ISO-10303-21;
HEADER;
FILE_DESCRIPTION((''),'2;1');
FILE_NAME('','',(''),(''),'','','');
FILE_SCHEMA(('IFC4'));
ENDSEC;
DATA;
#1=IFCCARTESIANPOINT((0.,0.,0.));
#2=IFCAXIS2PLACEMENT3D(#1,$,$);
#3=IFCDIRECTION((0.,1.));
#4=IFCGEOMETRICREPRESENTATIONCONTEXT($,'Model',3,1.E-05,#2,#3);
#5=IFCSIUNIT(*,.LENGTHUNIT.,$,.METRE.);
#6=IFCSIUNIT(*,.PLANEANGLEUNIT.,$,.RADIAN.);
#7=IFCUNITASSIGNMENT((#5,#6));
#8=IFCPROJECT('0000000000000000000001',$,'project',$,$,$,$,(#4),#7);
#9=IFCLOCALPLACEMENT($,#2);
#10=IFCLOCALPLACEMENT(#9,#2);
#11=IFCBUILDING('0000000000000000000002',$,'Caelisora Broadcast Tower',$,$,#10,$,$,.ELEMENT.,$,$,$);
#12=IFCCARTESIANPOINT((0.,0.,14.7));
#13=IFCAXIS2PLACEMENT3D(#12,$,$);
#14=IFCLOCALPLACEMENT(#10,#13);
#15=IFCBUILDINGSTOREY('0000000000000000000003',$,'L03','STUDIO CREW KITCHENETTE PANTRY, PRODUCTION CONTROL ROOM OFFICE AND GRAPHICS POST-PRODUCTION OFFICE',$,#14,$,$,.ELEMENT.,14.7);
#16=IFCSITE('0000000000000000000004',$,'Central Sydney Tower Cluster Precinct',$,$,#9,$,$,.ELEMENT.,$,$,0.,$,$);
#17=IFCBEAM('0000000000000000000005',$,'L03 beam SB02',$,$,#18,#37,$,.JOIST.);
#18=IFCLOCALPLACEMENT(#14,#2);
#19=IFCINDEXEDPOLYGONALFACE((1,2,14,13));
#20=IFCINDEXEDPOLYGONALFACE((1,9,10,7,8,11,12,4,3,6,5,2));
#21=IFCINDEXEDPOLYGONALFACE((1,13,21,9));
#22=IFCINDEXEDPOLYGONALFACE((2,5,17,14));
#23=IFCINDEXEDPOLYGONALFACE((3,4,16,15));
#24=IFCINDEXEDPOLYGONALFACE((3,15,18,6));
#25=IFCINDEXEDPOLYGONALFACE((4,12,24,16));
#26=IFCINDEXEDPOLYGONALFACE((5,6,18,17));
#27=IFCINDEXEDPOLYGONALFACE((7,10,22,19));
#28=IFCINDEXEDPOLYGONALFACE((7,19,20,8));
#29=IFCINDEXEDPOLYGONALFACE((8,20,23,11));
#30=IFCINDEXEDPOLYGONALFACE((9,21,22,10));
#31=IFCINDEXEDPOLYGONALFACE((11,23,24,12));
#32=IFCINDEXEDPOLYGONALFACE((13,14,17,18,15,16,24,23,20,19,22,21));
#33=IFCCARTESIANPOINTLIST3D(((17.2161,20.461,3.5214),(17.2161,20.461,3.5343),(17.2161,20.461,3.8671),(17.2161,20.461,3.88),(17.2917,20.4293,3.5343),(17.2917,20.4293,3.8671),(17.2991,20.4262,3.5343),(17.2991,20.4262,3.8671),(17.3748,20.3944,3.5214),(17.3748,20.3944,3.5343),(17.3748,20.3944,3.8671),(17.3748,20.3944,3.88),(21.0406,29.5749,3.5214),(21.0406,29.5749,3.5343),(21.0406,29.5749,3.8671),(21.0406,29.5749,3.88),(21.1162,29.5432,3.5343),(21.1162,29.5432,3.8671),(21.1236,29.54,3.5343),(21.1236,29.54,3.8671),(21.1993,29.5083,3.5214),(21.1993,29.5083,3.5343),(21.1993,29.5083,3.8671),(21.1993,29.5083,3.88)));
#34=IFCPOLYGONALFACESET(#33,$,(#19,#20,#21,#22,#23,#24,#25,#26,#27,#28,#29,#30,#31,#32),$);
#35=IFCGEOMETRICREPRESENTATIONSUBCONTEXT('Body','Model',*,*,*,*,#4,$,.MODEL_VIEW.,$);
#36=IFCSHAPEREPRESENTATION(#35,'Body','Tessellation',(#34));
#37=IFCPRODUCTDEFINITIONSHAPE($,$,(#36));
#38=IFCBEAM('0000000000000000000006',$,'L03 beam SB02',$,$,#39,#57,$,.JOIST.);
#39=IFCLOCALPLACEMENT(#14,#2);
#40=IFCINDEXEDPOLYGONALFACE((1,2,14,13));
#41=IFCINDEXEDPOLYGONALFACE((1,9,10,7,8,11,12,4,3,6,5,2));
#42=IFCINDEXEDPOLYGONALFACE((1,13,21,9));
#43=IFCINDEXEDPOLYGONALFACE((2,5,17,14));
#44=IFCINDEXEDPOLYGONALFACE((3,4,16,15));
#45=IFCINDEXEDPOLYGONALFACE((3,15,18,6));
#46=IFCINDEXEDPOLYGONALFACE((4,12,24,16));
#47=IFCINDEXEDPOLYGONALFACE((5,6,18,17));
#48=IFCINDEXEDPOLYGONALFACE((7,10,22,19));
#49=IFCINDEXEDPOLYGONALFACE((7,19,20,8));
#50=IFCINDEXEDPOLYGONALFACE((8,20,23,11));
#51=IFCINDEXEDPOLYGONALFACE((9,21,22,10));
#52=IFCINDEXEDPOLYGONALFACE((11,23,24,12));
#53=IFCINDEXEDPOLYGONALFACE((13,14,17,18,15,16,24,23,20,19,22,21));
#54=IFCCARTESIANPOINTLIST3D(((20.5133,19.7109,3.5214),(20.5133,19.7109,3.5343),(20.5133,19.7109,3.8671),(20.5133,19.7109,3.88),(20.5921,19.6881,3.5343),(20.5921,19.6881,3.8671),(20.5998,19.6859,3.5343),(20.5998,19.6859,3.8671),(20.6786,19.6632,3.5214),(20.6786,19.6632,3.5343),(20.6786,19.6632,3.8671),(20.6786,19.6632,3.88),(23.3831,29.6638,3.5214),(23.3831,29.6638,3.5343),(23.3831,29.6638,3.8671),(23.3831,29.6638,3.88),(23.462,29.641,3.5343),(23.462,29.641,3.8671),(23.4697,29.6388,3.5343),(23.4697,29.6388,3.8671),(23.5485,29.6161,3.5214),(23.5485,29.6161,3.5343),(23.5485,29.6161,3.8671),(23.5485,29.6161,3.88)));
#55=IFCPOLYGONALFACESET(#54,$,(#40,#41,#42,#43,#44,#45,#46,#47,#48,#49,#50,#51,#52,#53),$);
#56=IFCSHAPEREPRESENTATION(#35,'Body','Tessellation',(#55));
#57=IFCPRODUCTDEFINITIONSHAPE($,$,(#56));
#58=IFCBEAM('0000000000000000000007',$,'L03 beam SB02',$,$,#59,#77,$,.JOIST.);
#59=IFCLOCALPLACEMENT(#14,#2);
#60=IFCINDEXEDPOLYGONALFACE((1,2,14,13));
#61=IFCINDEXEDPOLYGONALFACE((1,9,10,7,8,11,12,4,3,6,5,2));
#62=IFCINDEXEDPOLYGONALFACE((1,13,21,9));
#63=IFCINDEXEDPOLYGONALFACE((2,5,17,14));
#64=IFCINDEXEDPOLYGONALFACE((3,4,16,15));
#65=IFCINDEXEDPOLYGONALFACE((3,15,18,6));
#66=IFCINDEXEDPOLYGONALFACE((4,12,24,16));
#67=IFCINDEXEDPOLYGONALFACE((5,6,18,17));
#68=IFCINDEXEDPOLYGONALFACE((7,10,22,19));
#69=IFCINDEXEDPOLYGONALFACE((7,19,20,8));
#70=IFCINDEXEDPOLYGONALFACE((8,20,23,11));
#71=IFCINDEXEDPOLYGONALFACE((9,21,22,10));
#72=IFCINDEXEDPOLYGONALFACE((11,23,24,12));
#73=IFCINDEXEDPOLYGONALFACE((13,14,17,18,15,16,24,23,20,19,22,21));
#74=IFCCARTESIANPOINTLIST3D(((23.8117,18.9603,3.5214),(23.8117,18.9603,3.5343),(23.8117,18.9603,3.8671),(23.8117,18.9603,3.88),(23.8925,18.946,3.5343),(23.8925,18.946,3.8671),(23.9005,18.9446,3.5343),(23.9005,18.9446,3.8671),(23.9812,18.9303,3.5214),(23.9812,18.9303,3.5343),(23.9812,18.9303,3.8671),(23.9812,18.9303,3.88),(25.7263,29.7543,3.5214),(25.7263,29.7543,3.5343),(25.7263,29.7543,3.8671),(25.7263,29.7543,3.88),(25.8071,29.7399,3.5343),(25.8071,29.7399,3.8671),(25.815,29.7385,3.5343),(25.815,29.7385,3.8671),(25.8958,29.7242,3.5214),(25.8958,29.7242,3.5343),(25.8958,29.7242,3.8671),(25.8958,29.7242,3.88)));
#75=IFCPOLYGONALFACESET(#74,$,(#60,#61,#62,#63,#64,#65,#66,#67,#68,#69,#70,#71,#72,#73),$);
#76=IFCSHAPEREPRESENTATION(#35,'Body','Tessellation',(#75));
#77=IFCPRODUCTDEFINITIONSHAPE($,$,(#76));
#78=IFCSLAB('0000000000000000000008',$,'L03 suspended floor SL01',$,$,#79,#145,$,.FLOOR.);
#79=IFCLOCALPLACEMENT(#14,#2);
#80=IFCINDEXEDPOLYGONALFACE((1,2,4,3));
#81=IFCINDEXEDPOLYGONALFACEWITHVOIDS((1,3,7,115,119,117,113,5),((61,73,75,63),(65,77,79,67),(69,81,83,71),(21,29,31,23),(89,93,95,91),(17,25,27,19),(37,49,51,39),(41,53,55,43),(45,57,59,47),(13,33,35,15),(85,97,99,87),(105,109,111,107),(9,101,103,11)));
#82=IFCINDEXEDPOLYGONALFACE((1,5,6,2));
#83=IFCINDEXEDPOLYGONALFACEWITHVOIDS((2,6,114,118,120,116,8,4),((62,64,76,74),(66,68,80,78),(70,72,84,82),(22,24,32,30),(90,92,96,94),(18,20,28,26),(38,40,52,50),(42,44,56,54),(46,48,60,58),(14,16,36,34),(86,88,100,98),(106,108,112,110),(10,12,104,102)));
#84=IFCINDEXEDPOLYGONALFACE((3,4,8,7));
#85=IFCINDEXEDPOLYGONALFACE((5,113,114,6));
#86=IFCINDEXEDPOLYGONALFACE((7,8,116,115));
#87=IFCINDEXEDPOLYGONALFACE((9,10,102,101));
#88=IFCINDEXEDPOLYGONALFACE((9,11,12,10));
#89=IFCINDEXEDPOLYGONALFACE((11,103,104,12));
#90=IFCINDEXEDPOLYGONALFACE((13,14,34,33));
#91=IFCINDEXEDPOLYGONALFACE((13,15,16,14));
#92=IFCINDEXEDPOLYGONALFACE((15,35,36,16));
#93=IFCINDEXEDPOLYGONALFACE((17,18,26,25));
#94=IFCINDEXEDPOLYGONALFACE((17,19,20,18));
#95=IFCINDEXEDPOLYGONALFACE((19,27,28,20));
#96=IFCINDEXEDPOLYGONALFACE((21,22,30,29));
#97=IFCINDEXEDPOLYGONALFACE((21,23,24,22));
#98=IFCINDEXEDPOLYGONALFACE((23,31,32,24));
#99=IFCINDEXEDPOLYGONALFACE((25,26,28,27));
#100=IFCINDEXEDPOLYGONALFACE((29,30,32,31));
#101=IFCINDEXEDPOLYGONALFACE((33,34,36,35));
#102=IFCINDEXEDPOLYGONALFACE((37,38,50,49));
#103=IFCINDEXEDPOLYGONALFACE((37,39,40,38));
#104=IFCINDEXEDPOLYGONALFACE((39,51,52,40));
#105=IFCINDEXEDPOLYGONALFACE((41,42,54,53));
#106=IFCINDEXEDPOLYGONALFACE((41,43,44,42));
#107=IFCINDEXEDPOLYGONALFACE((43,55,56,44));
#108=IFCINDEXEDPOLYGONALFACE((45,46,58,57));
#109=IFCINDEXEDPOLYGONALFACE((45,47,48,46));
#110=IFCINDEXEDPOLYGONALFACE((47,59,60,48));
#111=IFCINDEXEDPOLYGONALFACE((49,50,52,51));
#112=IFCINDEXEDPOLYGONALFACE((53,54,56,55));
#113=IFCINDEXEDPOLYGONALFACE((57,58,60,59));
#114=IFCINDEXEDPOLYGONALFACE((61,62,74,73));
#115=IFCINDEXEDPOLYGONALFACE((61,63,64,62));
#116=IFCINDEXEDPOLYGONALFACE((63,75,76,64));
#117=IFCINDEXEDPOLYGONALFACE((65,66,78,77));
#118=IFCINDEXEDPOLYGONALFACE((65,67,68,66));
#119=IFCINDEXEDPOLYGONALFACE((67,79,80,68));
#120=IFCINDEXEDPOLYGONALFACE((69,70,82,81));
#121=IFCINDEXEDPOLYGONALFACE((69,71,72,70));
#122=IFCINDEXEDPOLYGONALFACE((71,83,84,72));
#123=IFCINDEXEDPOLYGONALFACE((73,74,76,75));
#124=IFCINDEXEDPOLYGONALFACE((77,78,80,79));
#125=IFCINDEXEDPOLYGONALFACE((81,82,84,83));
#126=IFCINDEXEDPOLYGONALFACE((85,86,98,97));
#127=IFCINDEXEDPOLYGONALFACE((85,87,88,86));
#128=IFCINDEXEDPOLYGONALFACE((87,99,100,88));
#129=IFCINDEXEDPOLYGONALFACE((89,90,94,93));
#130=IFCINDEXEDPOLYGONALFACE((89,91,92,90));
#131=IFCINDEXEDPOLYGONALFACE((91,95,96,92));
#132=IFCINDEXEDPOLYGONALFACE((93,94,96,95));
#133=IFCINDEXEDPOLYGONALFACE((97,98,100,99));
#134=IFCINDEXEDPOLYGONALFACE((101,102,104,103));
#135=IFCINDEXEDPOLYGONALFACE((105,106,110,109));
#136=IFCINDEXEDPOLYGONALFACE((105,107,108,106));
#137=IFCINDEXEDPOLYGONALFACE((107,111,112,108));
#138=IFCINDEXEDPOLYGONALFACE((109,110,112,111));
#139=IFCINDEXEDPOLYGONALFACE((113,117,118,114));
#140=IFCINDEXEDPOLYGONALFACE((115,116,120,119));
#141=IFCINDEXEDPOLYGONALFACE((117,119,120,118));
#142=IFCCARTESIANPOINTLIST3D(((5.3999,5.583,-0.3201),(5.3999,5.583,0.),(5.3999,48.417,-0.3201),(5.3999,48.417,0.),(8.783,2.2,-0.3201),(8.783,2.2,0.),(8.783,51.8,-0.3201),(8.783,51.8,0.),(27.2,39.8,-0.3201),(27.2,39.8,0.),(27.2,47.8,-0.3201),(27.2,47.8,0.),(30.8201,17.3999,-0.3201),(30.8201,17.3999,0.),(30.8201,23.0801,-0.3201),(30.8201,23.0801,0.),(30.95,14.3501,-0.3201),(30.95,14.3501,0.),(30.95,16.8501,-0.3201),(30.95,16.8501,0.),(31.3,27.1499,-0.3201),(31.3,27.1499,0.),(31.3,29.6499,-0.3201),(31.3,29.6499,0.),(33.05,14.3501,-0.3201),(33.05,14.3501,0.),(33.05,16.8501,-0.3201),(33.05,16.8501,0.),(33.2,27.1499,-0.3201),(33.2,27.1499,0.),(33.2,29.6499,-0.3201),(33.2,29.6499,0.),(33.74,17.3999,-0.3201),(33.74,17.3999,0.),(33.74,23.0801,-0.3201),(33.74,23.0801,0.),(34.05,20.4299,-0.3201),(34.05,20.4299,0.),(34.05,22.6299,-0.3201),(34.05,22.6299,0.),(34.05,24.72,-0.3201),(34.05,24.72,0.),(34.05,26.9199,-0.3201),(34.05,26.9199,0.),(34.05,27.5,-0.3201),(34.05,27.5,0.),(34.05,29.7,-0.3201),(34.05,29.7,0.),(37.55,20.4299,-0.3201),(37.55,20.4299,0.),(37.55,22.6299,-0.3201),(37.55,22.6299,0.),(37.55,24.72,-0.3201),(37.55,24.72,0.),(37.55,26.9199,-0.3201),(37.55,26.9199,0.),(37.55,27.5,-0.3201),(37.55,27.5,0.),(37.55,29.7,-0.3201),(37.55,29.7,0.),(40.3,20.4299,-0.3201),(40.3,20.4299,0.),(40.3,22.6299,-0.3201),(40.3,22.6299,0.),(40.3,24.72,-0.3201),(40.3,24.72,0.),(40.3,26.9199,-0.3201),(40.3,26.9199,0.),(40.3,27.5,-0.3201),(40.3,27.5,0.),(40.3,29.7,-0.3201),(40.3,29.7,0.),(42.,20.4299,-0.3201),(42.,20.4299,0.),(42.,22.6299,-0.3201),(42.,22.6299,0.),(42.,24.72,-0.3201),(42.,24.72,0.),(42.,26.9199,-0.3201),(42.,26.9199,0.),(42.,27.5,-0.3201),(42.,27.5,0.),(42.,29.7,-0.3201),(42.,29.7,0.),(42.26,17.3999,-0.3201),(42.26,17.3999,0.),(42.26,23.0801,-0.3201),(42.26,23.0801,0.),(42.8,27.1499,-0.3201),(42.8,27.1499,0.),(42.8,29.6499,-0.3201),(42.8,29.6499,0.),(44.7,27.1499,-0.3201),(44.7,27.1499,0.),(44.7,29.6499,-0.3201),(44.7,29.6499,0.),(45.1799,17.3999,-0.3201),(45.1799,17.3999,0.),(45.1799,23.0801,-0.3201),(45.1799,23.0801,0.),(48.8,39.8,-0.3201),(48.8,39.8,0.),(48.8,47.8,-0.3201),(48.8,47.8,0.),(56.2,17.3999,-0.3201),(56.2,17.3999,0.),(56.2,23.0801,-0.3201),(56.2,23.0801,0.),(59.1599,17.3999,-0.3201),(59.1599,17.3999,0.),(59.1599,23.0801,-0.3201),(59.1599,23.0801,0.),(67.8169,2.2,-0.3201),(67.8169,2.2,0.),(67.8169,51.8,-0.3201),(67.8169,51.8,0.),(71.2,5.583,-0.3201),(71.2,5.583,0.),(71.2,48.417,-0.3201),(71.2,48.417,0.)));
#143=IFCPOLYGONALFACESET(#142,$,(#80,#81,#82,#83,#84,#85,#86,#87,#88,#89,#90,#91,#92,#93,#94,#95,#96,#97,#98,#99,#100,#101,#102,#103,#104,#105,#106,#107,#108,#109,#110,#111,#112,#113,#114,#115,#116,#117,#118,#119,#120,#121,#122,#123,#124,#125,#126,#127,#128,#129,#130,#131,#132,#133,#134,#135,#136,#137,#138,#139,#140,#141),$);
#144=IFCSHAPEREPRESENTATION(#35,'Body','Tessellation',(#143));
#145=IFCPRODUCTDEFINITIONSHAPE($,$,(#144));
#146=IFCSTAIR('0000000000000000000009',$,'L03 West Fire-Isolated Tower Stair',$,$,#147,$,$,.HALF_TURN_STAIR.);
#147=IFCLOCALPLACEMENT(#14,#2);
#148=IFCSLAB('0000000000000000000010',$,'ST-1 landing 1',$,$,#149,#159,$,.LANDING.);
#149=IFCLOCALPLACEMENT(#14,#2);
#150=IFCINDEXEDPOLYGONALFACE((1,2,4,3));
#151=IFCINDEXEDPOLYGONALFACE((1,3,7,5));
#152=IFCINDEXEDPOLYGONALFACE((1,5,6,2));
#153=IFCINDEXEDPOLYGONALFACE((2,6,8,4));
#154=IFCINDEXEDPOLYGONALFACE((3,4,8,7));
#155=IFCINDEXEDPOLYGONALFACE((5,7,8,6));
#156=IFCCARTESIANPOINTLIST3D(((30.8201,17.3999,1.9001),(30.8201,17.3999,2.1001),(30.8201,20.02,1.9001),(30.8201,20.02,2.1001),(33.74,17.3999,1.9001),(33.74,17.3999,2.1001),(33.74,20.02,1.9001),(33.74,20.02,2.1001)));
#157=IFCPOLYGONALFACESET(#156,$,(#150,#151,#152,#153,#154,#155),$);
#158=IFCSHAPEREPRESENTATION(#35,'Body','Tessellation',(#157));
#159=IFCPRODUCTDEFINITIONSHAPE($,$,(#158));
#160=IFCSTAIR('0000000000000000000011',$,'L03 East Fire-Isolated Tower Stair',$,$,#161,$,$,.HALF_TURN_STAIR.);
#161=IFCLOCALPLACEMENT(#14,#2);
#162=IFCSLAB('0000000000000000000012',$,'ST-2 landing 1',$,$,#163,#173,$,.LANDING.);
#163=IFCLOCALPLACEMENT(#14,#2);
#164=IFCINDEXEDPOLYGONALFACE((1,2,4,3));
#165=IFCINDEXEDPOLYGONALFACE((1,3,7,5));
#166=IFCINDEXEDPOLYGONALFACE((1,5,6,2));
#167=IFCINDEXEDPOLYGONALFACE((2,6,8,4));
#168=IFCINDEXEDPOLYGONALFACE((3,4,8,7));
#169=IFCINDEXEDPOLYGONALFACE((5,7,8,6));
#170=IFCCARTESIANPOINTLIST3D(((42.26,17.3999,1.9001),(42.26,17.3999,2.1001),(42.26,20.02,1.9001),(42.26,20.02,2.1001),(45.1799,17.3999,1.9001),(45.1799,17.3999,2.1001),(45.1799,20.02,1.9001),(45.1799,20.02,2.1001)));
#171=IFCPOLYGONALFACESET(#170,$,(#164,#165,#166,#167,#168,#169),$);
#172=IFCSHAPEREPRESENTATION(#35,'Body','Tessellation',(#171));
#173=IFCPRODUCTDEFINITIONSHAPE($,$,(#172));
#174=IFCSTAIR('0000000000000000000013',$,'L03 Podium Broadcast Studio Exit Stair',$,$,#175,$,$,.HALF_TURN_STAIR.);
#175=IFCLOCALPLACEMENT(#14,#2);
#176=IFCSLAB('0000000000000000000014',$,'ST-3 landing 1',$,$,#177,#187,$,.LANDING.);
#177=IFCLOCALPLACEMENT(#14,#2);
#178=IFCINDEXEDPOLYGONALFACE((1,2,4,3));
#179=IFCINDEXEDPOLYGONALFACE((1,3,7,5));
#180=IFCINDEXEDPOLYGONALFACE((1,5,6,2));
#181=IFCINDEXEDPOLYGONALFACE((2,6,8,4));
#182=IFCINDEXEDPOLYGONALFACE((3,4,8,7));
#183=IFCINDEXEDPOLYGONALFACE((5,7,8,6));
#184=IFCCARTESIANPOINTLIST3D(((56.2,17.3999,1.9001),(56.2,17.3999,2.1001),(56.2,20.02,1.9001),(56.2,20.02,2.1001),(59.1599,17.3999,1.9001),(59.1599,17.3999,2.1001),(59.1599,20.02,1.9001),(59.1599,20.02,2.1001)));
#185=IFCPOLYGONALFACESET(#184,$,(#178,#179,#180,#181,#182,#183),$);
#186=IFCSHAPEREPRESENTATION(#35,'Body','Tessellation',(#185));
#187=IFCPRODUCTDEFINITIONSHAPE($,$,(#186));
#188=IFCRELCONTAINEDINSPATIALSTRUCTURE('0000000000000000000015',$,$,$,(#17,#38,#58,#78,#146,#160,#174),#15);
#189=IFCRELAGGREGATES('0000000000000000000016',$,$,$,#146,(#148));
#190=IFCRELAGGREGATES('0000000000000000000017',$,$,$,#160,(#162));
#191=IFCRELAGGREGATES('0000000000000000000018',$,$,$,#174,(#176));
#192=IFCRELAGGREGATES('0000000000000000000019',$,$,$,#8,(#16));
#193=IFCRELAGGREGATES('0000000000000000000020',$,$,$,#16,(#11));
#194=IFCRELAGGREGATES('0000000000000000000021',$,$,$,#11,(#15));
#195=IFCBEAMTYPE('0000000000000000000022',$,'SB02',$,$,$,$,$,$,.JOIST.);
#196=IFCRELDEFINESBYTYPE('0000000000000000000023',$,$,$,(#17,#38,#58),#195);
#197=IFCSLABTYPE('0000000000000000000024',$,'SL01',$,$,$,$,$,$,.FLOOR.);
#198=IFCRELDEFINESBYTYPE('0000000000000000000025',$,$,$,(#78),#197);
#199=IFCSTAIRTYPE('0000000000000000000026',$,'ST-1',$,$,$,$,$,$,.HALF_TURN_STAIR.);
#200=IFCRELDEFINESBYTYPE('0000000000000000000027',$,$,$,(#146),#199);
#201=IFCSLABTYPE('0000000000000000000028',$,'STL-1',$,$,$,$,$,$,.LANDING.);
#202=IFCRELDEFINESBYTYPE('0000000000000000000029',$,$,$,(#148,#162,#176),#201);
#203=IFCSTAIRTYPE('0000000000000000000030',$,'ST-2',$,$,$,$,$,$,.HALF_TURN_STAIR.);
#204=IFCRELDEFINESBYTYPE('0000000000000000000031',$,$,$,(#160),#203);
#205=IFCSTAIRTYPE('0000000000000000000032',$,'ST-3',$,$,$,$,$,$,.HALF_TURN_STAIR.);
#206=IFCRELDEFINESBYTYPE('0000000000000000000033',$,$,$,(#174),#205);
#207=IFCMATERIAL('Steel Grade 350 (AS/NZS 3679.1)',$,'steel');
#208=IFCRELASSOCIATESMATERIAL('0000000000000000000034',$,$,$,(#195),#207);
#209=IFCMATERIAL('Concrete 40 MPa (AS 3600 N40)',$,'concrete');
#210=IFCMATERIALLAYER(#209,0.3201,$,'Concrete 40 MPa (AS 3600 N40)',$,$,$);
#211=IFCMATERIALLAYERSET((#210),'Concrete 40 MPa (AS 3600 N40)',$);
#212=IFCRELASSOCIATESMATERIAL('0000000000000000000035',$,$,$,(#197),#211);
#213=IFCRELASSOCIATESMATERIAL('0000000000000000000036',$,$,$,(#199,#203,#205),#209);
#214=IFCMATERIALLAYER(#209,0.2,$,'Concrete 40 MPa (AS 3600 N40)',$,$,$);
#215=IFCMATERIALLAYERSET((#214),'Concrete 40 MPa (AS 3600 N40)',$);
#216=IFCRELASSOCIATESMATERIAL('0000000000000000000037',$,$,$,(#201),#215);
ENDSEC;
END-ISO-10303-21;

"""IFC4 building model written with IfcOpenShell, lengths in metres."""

from ifc_helpers import new_model, si_unit, direction, frame, origin, origin_2d, place, context, subcontext, project, spatial, polyline, i_section, outline, extrude, source, transform, mapped, material, layer, layer_set, material_profile, profile_set, type_object, type_shapes, element, aggregate, save


model = new_model("IFC4")

# Units and contexts
model_context = context("Model", 3, precision=1e-05, world=origin(), true_north=direction((0.0, 1.0)))
body_context = subcontext(model_context, "Body", "Model", "MODEL_VIEW")
ifc_project = project(units=[si_unit("LENGTHUNIT", "METRE"), si_unit("PLANEANGLEUNIT", "RADIAN")], contexts=[model_context])

# Site, building, storey
site_placement = place(None, origin())
site = spatial("IfcSite", under=ifc_project, at=site_placement, Name="Central Sydney Tower Cluster Precinct", CompositionType="ELEMENT", RefElevation=0.0)
building_placement = place(site_placement, origin())
building = spatial("IfcBuilding", under=site, at=building_placement, Name="Caelisora Broadcast Tower", CompositionType="ELEMENT")
storey_placement = place(building_placement, frame((0.0, 0.0, 14.7)))
storey = spatial("IfcBuildingStorey", under=building, at=storey_placement, Name="L03", Description="STUDIO CREW KITCHENETTE PANTRY, PRODUCTION CONTROL ROOM OFFICE AND GRAPHICS POST-PRODUCTION OFFICE", CompositionType="ELEMENT", Elevation=14.7)

# Beams
ifc_material_1 = material(Name="Steel Grade 350 (AS/NZS 3679.1)", Category="steel")
ifc_material_profile_1 = material_profile(ifc_material_1, i_section(OverallWidth=0.1721, OverallDepth=0.3586, WebThickness=0.0081, FlangeThickness=0.0129, at=origin_2d()), Name="Steel Grade 350 (AS/NZS 3679.1)")
ifc_profile_set_1 = profile_set([ifc_material_profile_1], Name="Steel Grade 350 (AS/NZS 3679.1)")
beam_type_1 = type_object("IfcBeamType", Name="SB02", PredefinedType="JOIST", material=ifc_profile_set_1)
shared_shape_1 = source(origin(), body_context, "Body", "SweptSolid", [
    extrude(i_section(OverallWidth=0.1721, OverallDepth=0.3586, WebThickness=0.0081, FlangeThickness=0.0129, at=origin_2d()), origin(), (0.0, 0.0, 1.0), 9.8838),
])
beam_1_placement = place(storey_placement, frame((17.2954, 20.4277, 3.7007), z_axis=(0.386947, 0.922102, 0.0), x_axis=(-0.922102, 0.386947, 0.0)))
element("IfcBeam", 1, at=beam_1_placement, inside=storey, type_object=beam_type_1, Name="L03 beam SB02", PredefinedType="JOIST", context=body_context, shape_type="MappedRepresentation", body=[
    mapped(shared_shape_1, transform((0.0, 0.0, 0.0), scale=1.0)),
])
shared_shape_2 = source(origin(), body_context, "Body", "SweptSolid", [
    extrude(i_section(OverallWidth=0.1721, OverallDepth=0.3586, WebThickness=0.0081, FlangeThickness=0.0129, at=origin_2d()), origin(), (0.0, 0.0, 1.0), 10.3584),
])
beam_2_placement = place(storey_placement, frame((20.5959, 19.687, 3.7007), z_axis=(0.277058, 0.960853, 0.0), x_axis=(-0.960853, 0.277058, 0.0)))
element("IfcBeam", 2, at=beam_2_placement, inside=storey, type_object=beam_type_1, Name="L03 beam SB02", PredefinedType="JOIST", context=body_context, shape_type="MappedRepresentation", body=[
    mapped(shared_shape_2, transform((0.0, 0.0, 0.0), scale=1.0)),
])
shared_shape_3 = source(origin(), body_context, "Body", "SweptSolid", [
    extrude(i_section(OverallWidth=0.1721, OverallDepth=0.3586, WebThickness=0.0081, FlangeThickness=0.0129, at=origin_2d()), origin(), (0.0, 0.0, 1.0), 10.9624),
])
type_shapes(beam_type_1, [shared_shape_1, shared_shape_2, shared_shape_3])
beam_3_placement = place(storey_placement, frame((23.8965, 18.9453, 3.7007), z_axis=(0.174647, 0.984631, 0.0), x_axis=(-0.984631, 0.174647, 0.0)))
element("IfcBeam", 3, at=beam_3_placement, inside=storey, type_object=beam_type_1, Name="L03 beam SB02", PredefinedType="JOIST", context=body_context, shape_type="MappedRepresentation", body=[
    mapped(shared_shape_3, transform((0.0, 0.0, 0.0), scale=1.0)),
])

# Slab
ifc_material_2 = material(Name="Concrete 40 MPa (AS 3600 N40)", Category="concrete")
ifc_layer_1 = layer(ifc_material_2, 0.3201, Name="Concrete 40 MPa (AS 3600 N40)")
ifc_layer_set_1 = layer_set([ifc_layer_1], Name="Concrete 40 MPa (AS 3600 N40)")
slab_type_1 = type_object("IfcSlabType", Name="SL01", PredefinedType="FLOOR", material=ifc_layer_set_1)
slab_1_placement = place(storey_placement, frame((0.0, 0.0, -0.3201)))
element("IfcSlab", 4, at=slab_1_placement, inside=storey, type_object=slab_type_1, Name="L03 suspended floor SL01", PredefinedType="FLOOR", context=body_context, shape_type="SweptSolid", body=[
    extrude(outline(polyline([(8.783, 2.2), (5.3999, 5.583), (5.3999, 48.417), (8.783, 51.8), (67.8169, 51.8), (71.2, 48.417), (71.2, 5.583), (67.8169, 2.2), (8.783, 2.2)]), holes=[polyline([(30.8201, 17.3999), (33.74, 17.3999), (33.74, 23.0801), (30.8201, 23.0801), (30.8201, 17.3999)]), polyline([(42.26, 17.3999), (45.1799, 17.3999), (45.1799, 23.0801), (42.26, 23.0801), (42.26, 17.3999)]), polyline([(56.2, 17.3999), (59.1599, 17.3999), (59.1599, 23.0801), (56.2, 23.0801), (56.2, 17.3999)]), polyline([(42.8, 27.1499), (44.7, 27.1499), (44.7, 29.6499), (42.8, 29.6499), (42.8, 27.1499)]), polyline([(40.3, 20.4299), (42.0, 20.4299), (42.0, 22.6299), (40.3, 22.6299), (40.3, 20.4299)]), polyline([(40.3, 24.72), (42.0, 24.72), (42.0, 26.9199), (40.3, 26.9199), (40.3, 24.72)]), polyline([(40.3, 27.5), (42.0, 27.5), (42.0, 29.7), (40.3, 29.7), (40.3, 27.5)]), polyline([(34.05, 27.5), (37.55, 27.5), (37.55, 29.7), (34.05, 29.7), (34.05, 27.5)]), polyline([(34.05, 20.4299), (37.55, 20.4299), (37.55, 22.6299), (34.05, 22.6299), (34.05, 20.4299)]), polyline([(34.05, 24.72), (37.55, 24.72), (37.55, 26.9199), (34.05, 26.9199), (34.05, 24.72)]), polyline([(31.3, 27.1499), (33.2, 27.1499), (33.2, 29.6499), (31.3, 29.6499), (31.3, 27.1499)]), polyline([(30.95, 14.3501), (33.05, 14.3501), (33.05, 16.8501), (30.95, 16.8501), (30.95, 14.3501)]), polyline([(27.2, 39.8), (48.8, 39.8), (48.8, 47.8), (27.2, 47.8), (27.2, 39.8)])]), origin(), (0.0, 0.0, 1.0), 0.3201),
])

# Stairs, slabs
stair_type_1 = type_object("IfcStairType", Name="ST-1", PredefinedType="HALF_TURN_STAIR", material=ifc_material_2)
stair_1_placement = place(storey_placement, origin())
stair_1 = element("IfcStair", 5, at=stair_1_placement, inside=storey, type_object=stair_type_1, Name="L03 West Fire-Isolated Tower Stair", PredefinedType="HALF_TURN_STAIR")
ifc_layer_2 = layer(ifc_material_2, 0.2, Name="Concrete 40 MPa (AS 3600 N40)")
ifc_layer_set_2 = layer_set([ifc_layer_2], Name="Concrete 40 MPa (AS 3600 N40)")
slab_type_2 = type_object("IfcSlabType", Name="STL-1", PredefinedType="LANDING", material=ifc_layer_set_2)
slab_2_placement = place(storey_placement, frame((0.0, 0.0, 1.9001)))
slab_2 = element("IfcSlab", 6, at=slab_2_placement, type_object=slab_type_2, Name="ST-1 landing 1", PredefinedType="LANDING", context=body_context, shape_type="SweptSolid", body=[
    extrude(outline(polyline([(30.8201, 20.02), (30.8201, 17.3999), (33.74, 17.3999), (33.74, 20.02), (30.8201, 20.02)])), origin(), (0.0, 0.0, 1.0), 0.2),
])
aggregate(stair_1, [slab_2])
stair_type_2 = type_object("IfcStairType", Name="ST-2", PredefinedType="HALF_TURN_STAIR", material=ifc_material_2)
stair_2_placement = place(storey_placement, origin())
stair_2 = element("IfcStair", 7, at=stair_2_placement, inside=storey, type_object=stair_type_2, Name="L03 East Fire-Isolated Tower Stair", PredefinedType="HALF_TURN_STAIR")
slab_3_placement = place(storey_placement, frame((0.0, 0.0, 1.9001)))
slab_3 = element("IfcSlab", 8, at=slab_3_placement, type_object=slab_type_2, Name="ST-2 landing 1", PredefinedType="LANDING", context=body_context, shape_type="SweptSolid", body=[
    extrude(outline(polyline([(42.26, 20.02), (42.26, 17.3999), (45.1799, 17.3999), (45.1799, 20.02), (42.26, 20.02)])), origin(), (0.0, 0.0, 1.0), 0.2),
])
aggregate(stair_2, [slab_3])
stair_type_3 = type_object("IfcStairType", Name="ST-3", PredefinedType="HALF_TURN_STAIR", material=ifc_material_2)
stair_3_placement = place(storey_placement, origin())
stair_3 = element("IfcStair", 9, at=stair_3_placement, inside=storey, type_object=stair_type_3, Name="L03 Podium Broadcast Studio Exit Stair", PredefinedType="HALF_TURN_STAIR")
slab_4_placement = place(storey_placement, frame((0.0, 0.0, 1.9001)))
slab_4 = element("IfcSlab", 10, at=slab_4_placement, type_object=slab_type_2, Name="ST-3 landing 1", PredefinedType="LANDING", context=body_context, shape_type="SweptSolid", body=[
    extrude(outline(polyline([(56.2, 20.02), (56.2, 17.3999), (59.1599, 17.3999), (59.1599, 20.02), (56.2, 20.02)])), origin(), (0.0, 0.0, 1.0), 0.2),
])
aggregate(stair_3, [slab_4])

save(model, "model.ifc")
